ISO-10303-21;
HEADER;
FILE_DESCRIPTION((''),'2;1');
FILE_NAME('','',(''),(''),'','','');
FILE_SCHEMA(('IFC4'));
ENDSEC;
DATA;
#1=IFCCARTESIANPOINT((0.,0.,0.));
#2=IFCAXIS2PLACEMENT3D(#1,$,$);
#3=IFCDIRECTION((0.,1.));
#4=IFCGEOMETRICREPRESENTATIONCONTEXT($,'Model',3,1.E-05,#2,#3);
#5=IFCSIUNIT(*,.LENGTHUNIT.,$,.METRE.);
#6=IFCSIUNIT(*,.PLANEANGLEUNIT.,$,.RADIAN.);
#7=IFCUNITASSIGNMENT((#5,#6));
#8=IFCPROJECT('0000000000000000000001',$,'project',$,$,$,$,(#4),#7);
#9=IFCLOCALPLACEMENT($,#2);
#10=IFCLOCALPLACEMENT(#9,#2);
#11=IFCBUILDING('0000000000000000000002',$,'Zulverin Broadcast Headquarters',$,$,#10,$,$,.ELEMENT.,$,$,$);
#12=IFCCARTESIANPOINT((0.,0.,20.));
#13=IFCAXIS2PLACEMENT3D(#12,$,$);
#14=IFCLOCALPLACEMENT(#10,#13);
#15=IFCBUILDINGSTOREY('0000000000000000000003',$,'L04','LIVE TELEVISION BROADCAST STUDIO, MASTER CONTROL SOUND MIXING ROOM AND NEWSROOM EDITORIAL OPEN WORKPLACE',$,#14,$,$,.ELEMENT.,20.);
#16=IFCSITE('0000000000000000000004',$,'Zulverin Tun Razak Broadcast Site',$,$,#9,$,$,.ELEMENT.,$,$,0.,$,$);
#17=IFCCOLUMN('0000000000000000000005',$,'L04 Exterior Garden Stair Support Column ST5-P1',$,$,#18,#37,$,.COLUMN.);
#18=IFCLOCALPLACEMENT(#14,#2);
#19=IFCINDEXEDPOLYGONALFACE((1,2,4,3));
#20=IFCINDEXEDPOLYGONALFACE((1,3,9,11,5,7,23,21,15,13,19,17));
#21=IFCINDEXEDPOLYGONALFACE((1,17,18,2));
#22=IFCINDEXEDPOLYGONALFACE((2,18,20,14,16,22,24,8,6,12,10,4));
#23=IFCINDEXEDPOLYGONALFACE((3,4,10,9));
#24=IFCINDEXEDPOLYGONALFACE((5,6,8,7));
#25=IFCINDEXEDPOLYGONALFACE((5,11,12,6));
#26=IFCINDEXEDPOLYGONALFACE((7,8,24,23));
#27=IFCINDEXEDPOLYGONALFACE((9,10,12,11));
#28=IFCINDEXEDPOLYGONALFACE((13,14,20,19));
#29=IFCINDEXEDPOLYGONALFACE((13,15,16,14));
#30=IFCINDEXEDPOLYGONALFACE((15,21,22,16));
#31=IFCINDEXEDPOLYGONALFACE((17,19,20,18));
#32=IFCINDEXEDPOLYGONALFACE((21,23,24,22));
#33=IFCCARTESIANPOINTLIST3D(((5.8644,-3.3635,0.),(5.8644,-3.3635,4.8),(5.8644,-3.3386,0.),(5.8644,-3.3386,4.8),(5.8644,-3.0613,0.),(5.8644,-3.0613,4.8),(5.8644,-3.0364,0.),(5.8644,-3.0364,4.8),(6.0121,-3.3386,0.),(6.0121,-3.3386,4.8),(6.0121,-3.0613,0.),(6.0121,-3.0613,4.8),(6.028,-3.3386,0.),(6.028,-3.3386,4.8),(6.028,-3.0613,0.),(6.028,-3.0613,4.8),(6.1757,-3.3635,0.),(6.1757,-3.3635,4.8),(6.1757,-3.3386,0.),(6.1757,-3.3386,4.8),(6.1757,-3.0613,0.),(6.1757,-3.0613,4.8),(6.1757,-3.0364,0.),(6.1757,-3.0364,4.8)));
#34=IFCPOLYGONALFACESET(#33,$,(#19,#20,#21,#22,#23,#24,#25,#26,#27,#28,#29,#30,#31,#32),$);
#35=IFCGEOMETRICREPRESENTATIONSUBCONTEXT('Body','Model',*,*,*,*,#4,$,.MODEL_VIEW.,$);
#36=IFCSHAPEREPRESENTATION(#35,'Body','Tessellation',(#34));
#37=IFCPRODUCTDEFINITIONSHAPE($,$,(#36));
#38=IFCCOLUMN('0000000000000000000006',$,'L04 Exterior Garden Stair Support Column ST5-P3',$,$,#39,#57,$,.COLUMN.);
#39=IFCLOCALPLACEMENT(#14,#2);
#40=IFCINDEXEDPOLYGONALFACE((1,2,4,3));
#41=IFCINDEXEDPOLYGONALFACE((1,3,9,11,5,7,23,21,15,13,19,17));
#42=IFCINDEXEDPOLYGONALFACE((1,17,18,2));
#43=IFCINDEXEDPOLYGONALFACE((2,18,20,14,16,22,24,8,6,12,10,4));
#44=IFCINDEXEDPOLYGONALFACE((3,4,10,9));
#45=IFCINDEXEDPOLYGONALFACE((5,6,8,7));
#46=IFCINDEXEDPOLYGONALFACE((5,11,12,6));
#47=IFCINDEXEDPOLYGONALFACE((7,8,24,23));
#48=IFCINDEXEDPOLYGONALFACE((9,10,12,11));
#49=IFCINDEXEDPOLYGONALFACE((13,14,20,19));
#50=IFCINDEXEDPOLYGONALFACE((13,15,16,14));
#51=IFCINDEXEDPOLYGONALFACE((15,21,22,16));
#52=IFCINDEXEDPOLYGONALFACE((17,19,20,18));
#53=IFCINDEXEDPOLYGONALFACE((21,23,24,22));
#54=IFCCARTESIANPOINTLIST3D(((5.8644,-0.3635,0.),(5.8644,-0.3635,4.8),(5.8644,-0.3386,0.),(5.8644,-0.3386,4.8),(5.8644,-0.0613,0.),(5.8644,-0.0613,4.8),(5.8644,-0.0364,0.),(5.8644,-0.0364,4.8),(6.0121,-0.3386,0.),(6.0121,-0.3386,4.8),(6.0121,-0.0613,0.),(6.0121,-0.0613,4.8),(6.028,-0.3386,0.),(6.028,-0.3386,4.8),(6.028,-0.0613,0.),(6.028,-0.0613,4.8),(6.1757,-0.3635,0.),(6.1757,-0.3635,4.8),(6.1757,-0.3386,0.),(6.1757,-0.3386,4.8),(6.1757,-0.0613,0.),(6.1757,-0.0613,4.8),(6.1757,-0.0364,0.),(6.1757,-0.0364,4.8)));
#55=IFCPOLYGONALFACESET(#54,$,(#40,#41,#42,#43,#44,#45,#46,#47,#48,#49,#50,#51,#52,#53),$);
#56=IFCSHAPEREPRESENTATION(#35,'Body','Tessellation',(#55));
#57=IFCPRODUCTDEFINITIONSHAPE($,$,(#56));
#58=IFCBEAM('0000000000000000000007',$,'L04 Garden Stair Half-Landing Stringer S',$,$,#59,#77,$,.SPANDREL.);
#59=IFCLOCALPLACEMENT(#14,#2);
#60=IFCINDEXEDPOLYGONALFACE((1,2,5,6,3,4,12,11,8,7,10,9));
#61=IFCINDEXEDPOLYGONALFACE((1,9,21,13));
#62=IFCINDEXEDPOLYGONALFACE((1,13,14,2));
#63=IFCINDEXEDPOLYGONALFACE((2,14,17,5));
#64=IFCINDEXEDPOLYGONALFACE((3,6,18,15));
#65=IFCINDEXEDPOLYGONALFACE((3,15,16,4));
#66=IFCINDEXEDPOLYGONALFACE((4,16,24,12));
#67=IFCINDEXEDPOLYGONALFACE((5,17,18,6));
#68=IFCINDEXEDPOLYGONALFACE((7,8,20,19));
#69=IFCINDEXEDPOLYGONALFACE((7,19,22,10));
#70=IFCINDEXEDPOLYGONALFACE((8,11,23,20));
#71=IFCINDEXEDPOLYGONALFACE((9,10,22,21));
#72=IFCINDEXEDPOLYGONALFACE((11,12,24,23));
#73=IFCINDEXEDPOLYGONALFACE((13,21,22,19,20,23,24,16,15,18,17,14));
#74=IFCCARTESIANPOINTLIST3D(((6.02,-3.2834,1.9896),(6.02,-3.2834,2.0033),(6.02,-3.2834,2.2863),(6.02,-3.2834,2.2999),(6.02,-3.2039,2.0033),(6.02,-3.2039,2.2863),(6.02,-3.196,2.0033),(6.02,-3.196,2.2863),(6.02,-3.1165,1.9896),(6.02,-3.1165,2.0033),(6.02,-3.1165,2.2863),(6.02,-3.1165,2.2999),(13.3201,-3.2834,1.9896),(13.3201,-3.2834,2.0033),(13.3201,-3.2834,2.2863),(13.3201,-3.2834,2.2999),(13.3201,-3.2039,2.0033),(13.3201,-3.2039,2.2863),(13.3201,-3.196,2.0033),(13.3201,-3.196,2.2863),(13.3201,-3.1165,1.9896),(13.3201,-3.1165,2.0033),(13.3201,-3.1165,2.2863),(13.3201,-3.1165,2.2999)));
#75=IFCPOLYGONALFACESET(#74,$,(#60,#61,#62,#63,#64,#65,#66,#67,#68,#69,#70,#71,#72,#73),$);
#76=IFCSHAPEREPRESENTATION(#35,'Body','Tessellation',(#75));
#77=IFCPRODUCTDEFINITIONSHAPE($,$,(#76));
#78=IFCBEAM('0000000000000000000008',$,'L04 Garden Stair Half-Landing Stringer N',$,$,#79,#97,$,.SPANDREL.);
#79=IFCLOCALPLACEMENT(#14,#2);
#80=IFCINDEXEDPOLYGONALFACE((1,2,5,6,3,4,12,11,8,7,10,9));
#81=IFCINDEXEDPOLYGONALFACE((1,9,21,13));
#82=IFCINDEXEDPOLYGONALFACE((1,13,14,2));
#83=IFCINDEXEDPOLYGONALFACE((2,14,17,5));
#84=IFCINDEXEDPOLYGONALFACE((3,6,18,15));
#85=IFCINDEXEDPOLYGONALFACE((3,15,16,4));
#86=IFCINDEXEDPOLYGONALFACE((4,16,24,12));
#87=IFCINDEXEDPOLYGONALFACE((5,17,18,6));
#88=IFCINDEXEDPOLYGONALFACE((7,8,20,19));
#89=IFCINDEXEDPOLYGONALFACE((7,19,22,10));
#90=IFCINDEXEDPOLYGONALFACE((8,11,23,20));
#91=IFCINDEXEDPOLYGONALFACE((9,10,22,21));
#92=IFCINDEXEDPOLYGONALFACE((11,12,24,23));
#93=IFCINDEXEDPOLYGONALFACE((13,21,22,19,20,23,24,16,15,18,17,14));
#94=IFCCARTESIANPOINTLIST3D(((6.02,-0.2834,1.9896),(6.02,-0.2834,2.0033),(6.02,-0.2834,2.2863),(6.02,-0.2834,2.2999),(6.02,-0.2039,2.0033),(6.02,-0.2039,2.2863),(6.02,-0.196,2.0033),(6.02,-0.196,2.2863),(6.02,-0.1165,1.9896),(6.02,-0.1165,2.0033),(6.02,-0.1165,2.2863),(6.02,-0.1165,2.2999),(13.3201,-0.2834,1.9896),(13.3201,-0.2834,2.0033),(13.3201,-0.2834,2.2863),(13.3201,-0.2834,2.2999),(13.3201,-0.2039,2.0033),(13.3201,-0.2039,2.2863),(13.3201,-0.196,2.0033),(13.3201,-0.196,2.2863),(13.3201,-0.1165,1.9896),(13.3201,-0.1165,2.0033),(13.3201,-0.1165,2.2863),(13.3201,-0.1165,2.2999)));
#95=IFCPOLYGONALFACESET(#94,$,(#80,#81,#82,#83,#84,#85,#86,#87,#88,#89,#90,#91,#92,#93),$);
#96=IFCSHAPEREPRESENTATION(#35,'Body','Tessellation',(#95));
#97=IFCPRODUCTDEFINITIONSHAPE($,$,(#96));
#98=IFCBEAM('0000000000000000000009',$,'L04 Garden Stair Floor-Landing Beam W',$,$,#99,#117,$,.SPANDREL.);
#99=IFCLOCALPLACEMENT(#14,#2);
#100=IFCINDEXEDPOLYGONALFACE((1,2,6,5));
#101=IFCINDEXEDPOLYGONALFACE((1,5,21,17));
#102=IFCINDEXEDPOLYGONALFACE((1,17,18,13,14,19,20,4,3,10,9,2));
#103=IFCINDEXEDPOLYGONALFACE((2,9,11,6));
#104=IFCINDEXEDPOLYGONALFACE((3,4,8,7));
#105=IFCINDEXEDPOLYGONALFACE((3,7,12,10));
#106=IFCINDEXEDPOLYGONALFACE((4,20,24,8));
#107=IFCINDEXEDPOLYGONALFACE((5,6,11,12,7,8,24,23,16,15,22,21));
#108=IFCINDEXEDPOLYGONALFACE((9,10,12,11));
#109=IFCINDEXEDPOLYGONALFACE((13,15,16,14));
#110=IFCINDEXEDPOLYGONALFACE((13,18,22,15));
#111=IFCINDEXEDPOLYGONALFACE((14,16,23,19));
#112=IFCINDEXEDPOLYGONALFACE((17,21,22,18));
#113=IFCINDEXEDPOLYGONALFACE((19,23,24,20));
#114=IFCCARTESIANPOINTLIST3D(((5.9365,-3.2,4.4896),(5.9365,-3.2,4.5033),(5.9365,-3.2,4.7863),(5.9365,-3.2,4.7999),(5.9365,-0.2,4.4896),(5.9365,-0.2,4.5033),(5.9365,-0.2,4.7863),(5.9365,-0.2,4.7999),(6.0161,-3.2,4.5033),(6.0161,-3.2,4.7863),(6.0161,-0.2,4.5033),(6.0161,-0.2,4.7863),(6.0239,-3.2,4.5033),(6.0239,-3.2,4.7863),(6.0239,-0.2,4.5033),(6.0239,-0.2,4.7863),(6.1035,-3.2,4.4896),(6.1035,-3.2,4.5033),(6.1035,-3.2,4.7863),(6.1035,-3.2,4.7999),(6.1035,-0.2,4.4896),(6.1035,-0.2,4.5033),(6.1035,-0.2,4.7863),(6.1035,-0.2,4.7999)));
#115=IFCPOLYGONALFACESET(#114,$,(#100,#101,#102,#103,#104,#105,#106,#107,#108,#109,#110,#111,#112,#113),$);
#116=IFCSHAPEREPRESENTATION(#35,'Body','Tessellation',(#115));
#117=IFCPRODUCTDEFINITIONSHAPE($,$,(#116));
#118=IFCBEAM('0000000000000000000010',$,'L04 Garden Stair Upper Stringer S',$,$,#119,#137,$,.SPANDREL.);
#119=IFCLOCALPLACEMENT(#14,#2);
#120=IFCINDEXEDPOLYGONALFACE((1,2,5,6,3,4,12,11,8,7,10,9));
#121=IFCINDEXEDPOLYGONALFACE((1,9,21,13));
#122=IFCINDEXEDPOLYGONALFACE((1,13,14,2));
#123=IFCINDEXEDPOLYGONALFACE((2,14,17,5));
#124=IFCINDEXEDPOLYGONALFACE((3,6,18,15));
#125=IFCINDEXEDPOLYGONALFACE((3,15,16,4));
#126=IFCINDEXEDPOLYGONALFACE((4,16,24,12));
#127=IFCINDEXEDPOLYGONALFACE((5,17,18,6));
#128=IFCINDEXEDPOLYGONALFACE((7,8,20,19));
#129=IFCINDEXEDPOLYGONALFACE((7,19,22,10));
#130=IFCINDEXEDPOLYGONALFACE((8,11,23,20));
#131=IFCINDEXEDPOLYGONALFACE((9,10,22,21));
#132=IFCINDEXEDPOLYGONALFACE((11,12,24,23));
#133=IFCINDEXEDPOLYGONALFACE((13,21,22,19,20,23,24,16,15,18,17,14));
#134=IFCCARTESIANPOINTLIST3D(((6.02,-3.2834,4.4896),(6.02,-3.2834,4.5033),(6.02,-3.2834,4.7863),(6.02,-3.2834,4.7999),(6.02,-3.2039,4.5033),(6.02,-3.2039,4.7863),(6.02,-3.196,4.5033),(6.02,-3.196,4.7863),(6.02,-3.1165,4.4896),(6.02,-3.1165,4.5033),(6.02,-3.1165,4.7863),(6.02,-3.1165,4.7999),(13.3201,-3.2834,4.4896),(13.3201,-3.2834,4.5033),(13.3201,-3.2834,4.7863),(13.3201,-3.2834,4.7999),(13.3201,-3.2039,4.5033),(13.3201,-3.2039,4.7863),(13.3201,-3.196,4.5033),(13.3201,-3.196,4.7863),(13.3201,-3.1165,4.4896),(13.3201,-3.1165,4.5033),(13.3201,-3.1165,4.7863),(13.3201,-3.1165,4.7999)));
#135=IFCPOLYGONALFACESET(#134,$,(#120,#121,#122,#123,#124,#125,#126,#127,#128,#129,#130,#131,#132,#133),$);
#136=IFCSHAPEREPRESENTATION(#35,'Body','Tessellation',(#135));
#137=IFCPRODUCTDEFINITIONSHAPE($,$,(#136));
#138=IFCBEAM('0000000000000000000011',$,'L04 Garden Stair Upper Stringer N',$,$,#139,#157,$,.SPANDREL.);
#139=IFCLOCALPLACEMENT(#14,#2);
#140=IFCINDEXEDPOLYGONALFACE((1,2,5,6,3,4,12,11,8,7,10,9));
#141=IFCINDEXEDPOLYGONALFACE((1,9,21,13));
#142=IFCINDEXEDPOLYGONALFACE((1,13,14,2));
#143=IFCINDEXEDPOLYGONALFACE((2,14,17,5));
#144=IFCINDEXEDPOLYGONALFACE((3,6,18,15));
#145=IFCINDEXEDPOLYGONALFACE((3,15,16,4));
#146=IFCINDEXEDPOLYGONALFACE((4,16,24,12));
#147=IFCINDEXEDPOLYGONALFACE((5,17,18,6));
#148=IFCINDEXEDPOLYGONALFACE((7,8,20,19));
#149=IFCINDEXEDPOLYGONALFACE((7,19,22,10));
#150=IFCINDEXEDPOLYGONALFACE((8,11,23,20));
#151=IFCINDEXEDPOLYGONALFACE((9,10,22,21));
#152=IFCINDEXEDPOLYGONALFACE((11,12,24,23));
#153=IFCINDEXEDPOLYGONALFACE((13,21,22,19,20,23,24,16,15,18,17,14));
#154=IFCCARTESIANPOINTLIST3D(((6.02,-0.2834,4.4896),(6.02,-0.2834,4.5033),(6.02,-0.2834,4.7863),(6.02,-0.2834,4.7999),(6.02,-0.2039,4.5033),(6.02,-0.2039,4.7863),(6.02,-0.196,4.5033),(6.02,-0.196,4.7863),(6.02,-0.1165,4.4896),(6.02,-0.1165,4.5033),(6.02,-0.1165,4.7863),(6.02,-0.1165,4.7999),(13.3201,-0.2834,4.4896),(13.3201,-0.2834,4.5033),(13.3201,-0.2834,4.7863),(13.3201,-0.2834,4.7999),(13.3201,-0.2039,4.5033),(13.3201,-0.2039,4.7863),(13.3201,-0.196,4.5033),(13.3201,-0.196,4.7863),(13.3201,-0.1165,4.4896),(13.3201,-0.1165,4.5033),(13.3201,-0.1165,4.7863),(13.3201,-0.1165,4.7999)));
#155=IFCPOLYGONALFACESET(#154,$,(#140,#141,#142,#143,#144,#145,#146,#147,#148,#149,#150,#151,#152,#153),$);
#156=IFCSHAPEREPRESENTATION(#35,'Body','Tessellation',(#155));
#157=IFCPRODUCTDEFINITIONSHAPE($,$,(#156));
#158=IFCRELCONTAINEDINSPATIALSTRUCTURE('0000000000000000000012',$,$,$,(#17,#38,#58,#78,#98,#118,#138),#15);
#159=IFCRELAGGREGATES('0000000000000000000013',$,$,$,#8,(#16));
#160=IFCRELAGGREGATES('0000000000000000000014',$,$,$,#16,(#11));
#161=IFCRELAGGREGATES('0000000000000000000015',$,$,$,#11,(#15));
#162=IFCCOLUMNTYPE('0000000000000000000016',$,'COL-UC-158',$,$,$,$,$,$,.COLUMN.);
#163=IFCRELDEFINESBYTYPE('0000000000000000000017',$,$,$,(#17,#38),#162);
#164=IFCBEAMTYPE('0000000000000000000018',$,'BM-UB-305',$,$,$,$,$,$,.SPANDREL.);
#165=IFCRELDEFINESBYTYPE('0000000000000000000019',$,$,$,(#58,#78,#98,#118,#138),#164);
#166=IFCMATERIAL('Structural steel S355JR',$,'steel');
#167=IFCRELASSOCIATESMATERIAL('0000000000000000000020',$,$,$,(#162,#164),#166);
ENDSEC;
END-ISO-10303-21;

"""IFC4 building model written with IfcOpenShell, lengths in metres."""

from ifc_helpers import new_model, si_unit, direction, frame, origin, origin_2d, place, context, subcontext, project, spatial, i_section, extrude, material, material_profile, profile_set, type_object, element, save


model = new_model("IFC4")

# Units and contexts
model_context = context("Model", 3, precision=1e-05, world=origin(), true_north=direction((0.0, 1.0)))
body_context = subcontext(model_context, "Body", "Model", "MODEL_VIEW")
ifc_project = project(units=[si_unit("LENGTHUNIT", "METRE"), si_unit("PLANEANGLEUNIT", "RADIAN")], contexts=[model_context])

# Site, building, storey
site_placement = place(None, origin())
site = spatial("IfcSite", under=ifc_project, at=site_placement, Name="Zulverin Tun Razak Broadcast Site", CompositionType="ELEMENT", RefElevation=0.0)
building_placement = place(site_placement, origin())
building = spatial("IfcBuilding", under=site, at=building_placement, Name="Zulverin Broadcast Headquarters", CompositionType="ELEMENT")
storey_placement = place(building_placement, frame((0.0, 0.0, 20.0)))
storey = spatial("IfcBuildingStorey", under=building, at=storey_placement, Name="L04", Description="LIVE TELEVISION BROADCAST STUDIO, MASTER CONTROL SOUND MIXING ROOM AND NEWSROOM EDITORIAL OPEN WORKPLACE", CompositionType="ELEMENT", Elevation=20.0)

# Columns
ifc_material_1 = material(Name="Structural steel S355JR", Category="steel")
ifc_material_profile_1 = material_profile(ifc_material_1, i_section(OverallWidth=0.3113, OverallDepth=0.3271, WebThickness=0.0159, FlangeThickness=0.0249, at=origin_2d()), Name="Structural steel S355JR", Category="steel")
ifc_profile_set_1 = profile_set([ifc_material_profile_1], Name="Structural steel S355JR")
column_type = type_object("IfcColumnType", Name="COL-UC-158", PredefinedType="COLUMN", material=ifc_profile_set_1)
for number, where, z_axis, x_axis, name in (
    (1, (6.02, -3.2, 0.0), (0.0, 0.0, 1.0), (1.0, 0.0, 0.0), "L04 Exterior Garden Stair Support Column ST5-P1"),
    (2, (6.02, -0.2, 0.0), (0.0, 0.0, 1.0), (1.0, 0.0, 0.0), "L04 Exterior Garden Stair Support Column ST5-P3"),
):
    element("IfcColumn", number, at=place(storey_placement, frame(where, z_axis=z_axis, x_axis=x_axis)), inside=storey, type_object=column_type, Name=name, PredefinedType="COLUMN", context=body_context, shape_type="SweptSolid", body=[
        extrude(i_section(OverallWidth=0.3113, OverallDepth=0.3271, WebThickness=0.0159, FlangeThickness=0.0249, at=origin_2d()), origin(), (0.0, 0.0, 1.0), 4.8),
    ])

# Beams
ifc_material_profile_2 = material_profile(ifc_material_1, i_section(OverallWidth=0.167, OverallDepth=0.3103, WebThickness=0.0078, FlangeThickness=0.0137, at=origin_2d()), Name="Structural steel S355JR", Category="steel")
ifc_profile_set_2 = profile_set([ifc_material_profile_2], Name="Structural steel S355JR")
beam_type = type_object("IfcBeamType", Name="BM-UB-305", PredefinedType="SPANDREL", material=ifc_profile_set_2)
for number, where, z_axis, x_axis, name in (
    (3, (6.02, -3.2, 2.1448), (1.0, 0.0, 0.0), (0.0, 1.0, 0.0), "L04 Garden Stair Half-Landing Stringer S"),
    (4, (6.02, -0.2, 2.1448), (1.0, 0.0, 0.0), (0.0, 1.0, 0.0), "L04 Garden Stair Half-Landing Stringer N"),
):
    element("IfcBeam", number, at=place(storey_placement, frame(where, z_axis=z_axis, x_axis=x_axis)), inside=storey, type_object=beam_type, Name=name, PredefinedType="SPANDREL", context=body_context, shape_type="SweptSolid", body=[
        extrude(i_section(OverallWidth=0.167, OverallDepth=0.3103, WebThickness=0.0078, FlangeThickness=0.0137, at=origin_2d()), origin(), (0.0, 0.0, 1.0), 7.3),
    ])
beam_placement = place(storey_placement, frame((6.02, -3.2, 4.6448), z_axis=(0.0, 1.0, 0.0), x_axis=(-1.0, 0.0, 0.0)))
element("IfcBeam", 5, at=beam_placement, inside=storey, type_object=beam_type, Name="L04 Garden Stair Floor-Landing Beam W", PredefinedType="SPANDREL", context=body_context, shape_type="SweptSolid", body=[
    extrude(i_section(OverallWidth=0.167, OverallDepth=0.3103, WebThickness=0.0078, FlangeThickness=0.0137, at=origin_2d()), origin(), (0.0, 0.0, 1.0), 3.0),
])
for number, where, z_axis, x_axis, name in (
    (6, (6.02, -3.2, 4.6448), (1.0, 0.0, 0.0), (0.0, 1.0, 0.0), "L04 Garden Stair Upper Stringer S"),
    (7, (6.02, -0.2, 4.6448), (1.0, 0.0, 0.0), (0.0, 1.0, 0.0), "L04 Garden Stair Upper Stringer N"),
):
    element("IfcBeam", number, at=place(storey_placement, frame(where, z_axis=z_axis, x_axis=x_axis)), inside=storey, type_object=beam_type, Name=name, PredefinedType="SPANDREL", context=body_context, shape_type="SweptSolid", body=[
        extrude(i_section(OverallWidth=0.167, OverallDepth=0.3103, WebThickness=0.0078, FlangeThickness=0.0137, at=origin_2d()), origin(), (0.0, 0.0, 1.0), 7.3),
    ])

save(model, "model.ifc")
